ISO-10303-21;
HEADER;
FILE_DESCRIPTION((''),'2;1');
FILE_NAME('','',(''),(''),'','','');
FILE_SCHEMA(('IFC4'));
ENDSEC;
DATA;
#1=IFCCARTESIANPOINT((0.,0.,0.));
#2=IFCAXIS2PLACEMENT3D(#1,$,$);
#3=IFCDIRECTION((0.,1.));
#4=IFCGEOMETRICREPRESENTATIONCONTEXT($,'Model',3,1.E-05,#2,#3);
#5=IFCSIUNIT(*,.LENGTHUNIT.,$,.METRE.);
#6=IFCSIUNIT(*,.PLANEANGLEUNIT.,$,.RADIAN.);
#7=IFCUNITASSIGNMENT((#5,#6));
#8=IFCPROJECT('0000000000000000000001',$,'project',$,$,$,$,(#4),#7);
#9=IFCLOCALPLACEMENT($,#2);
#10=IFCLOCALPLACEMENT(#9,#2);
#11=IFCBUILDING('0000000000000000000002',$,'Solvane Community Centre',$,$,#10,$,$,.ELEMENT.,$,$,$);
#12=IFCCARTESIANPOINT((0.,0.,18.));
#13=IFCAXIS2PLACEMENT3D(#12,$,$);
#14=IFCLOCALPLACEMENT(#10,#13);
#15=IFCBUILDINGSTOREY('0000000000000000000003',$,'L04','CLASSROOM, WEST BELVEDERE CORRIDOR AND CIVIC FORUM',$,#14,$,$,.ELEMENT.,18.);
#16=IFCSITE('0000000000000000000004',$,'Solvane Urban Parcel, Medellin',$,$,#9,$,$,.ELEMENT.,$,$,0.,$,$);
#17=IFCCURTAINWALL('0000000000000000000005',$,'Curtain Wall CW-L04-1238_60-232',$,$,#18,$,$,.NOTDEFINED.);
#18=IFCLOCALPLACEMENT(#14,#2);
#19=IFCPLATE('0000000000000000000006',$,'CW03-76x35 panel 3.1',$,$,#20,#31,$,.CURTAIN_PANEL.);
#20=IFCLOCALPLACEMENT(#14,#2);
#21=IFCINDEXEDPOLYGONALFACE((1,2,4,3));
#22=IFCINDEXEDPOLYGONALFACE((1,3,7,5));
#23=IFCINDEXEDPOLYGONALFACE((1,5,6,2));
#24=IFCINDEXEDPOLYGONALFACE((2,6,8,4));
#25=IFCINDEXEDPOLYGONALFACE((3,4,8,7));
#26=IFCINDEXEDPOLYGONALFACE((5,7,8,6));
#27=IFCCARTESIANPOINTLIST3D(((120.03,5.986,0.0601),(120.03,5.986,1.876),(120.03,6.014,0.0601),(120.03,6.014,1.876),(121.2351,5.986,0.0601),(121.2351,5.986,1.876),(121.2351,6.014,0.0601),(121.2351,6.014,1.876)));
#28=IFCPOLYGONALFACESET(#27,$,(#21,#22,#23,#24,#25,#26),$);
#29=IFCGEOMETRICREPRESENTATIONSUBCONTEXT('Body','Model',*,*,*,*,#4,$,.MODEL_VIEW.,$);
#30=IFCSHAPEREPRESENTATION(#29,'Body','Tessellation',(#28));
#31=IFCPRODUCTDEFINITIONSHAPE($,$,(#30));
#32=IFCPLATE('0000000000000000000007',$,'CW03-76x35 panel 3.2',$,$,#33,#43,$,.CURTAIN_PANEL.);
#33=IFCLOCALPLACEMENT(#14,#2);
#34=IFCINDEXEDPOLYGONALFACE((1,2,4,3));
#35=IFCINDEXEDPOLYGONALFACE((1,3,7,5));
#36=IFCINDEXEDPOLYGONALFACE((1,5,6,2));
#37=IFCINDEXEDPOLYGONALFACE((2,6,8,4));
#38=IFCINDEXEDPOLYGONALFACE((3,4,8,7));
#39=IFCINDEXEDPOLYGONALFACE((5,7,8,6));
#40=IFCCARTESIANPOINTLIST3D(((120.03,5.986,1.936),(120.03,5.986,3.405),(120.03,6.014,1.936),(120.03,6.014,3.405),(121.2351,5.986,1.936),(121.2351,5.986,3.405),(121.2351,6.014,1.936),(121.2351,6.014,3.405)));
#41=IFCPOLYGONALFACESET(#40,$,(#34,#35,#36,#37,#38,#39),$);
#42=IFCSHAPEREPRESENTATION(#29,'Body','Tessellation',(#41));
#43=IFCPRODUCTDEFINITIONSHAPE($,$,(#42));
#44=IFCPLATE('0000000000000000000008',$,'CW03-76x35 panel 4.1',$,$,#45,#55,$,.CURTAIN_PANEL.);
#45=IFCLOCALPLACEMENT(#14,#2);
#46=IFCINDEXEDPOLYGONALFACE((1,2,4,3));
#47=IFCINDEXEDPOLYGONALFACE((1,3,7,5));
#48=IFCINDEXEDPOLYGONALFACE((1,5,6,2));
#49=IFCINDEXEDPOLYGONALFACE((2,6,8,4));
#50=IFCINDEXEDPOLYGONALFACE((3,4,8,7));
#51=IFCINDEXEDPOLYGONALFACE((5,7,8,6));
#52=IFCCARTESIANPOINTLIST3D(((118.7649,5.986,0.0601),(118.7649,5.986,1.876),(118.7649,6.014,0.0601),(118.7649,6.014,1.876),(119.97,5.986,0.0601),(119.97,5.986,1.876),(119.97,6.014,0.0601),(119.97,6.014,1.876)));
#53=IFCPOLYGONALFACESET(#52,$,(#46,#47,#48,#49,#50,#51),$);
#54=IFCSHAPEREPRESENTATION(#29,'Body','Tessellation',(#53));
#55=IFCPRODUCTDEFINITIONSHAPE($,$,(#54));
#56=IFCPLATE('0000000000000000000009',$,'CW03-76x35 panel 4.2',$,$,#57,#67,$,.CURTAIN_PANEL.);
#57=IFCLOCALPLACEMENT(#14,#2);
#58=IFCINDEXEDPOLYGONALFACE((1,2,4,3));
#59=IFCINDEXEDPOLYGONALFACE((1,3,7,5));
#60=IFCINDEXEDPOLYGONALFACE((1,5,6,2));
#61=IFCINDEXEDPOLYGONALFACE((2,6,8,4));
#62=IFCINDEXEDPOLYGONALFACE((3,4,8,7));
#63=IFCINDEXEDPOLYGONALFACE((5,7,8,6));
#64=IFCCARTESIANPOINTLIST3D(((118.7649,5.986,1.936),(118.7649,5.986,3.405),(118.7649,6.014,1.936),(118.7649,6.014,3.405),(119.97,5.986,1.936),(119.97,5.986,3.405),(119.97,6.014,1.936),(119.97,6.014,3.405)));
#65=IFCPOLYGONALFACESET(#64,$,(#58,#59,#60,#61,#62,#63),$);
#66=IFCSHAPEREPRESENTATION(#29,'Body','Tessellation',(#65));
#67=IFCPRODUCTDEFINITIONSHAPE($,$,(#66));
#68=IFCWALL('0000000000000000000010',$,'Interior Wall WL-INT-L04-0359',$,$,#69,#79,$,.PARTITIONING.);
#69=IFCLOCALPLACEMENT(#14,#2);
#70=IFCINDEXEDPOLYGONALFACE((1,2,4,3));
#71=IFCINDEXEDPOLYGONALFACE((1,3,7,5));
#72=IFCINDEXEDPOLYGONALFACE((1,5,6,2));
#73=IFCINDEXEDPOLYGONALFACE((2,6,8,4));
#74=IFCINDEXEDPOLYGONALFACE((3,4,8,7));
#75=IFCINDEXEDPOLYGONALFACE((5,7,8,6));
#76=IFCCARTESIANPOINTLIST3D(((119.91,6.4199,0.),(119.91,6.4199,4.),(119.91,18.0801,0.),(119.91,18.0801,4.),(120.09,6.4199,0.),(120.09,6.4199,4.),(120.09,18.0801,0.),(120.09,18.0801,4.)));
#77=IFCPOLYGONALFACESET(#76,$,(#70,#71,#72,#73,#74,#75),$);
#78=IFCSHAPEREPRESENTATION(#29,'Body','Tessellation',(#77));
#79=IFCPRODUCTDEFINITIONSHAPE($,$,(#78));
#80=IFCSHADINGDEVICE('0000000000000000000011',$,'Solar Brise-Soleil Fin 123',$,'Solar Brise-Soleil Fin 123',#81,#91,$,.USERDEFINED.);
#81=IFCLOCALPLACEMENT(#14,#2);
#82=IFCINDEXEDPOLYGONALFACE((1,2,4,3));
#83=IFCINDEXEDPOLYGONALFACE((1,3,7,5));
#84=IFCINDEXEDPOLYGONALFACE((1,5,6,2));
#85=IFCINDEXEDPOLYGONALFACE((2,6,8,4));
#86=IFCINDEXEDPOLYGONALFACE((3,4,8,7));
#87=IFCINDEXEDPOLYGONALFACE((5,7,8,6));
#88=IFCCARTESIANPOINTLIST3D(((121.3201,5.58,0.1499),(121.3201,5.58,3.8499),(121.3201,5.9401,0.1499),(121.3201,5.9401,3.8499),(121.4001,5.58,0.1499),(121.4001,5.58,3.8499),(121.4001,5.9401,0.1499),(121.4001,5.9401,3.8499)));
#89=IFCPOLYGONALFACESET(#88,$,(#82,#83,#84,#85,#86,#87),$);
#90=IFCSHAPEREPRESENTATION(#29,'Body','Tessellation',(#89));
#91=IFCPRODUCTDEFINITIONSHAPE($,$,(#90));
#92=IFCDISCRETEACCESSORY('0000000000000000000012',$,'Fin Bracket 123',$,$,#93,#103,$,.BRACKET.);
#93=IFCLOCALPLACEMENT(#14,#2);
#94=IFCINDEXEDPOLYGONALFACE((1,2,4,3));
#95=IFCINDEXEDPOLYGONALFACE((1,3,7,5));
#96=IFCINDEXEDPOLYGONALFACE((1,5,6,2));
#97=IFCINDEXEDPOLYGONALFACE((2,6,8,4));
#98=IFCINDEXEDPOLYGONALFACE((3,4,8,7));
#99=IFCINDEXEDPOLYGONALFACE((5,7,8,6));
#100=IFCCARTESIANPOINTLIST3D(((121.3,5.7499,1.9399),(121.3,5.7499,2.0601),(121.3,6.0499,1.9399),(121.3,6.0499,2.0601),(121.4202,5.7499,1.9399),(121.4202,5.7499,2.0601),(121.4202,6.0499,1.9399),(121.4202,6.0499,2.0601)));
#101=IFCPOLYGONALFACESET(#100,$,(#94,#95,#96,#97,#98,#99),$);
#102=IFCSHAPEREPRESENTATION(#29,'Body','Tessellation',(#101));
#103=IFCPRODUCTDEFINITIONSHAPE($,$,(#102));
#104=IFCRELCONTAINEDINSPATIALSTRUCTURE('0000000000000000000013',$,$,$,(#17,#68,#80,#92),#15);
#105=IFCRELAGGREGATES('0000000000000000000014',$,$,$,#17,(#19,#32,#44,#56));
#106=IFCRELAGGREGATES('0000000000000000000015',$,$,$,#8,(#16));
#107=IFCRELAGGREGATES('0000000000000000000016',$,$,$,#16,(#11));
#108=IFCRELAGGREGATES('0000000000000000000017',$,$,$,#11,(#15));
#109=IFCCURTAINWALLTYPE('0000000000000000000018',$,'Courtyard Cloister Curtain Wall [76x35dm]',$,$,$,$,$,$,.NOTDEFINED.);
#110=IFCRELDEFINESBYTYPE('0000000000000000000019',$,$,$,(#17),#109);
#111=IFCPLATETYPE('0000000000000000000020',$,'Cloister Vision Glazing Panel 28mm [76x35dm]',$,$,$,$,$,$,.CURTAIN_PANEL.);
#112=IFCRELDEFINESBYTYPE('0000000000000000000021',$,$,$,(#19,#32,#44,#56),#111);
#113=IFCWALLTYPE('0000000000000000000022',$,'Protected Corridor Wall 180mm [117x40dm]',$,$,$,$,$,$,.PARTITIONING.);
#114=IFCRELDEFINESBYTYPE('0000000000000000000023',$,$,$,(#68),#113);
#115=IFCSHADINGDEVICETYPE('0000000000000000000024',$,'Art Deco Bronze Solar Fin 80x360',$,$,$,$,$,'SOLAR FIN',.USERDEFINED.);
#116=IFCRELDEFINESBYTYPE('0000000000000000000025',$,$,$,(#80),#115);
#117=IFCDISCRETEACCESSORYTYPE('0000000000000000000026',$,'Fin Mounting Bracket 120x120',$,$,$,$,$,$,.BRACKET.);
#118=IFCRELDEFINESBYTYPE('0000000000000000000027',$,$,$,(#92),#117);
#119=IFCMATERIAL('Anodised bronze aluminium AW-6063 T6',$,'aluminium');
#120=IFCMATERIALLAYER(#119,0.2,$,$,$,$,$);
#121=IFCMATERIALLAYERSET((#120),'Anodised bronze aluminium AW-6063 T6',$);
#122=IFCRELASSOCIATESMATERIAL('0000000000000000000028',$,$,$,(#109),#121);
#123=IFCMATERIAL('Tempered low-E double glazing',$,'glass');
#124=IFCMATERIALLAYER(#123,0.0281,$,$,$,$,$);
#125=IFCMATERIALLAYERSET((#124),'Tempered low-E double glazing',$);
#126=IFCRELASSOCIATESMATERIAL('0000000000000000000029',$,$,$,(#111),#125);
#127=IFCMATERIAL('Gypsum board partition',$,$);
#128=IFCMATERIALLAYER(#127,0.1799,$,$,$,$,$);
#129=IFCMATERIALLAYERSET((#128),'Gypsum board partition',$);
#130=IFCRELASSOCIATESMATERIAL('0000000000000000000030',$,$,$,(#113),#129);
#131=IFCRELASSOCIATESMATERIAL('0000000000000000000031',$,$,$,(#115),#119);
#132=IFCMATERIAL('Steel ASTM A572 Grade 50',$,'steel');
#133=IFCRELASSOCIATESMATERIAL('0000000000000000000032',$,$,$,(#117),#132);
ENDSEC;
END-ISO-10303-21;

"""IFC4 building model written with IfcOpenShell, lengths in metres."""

from ifc_helpers import new_model, si_unit, direction, frame, frame_2d, origin, origin_2d, place, context, subcontext, project, spatial, rectangle, extrude, material, layer, layer_set, type_object, element, aggregate, save


model = new_model("IFC4")

# Units and contexts
model_context = context("Model", 3, precision=1e-05, world=origin(), true_north=direction((0.0, 1.0)))
body_context = subcontext(model_context, "Body", "Model", "MODEL_VIEW")
ifc_project = project(units=[si_unit("LENGTHUNIT", "METRE"), si_unit("PLANEANGLEUNIT", "RADIAN")], contexts=[model_context])

# Site, building, storey
site_placement = place(None, origin())
site = spatial("IfcSite", under=ifc_project, at=site_placement, Name="Solvane Urban Parcel, Medellin", CompositionType="ELEMENT", RefElevation=0.0)
building_placement = place(site_placement, origin())
building = spatial("IfcBuilding", under=site, at=building_placement, Name="Solvane Community Centre", CompositionType="ELEMENT")
storey_placement = place(building_placement, frame((0.0, 0.0, 18.0)))
storey = spatial("IfcBuildingStorey", under=building, at=storey_placement, Name="L04", Description="CLASSROOM, WEST BELVEDERE CORRIDOR AND CIVIC FORUM", CompositionType="ELEMENT", Elevation=18.0)

# Curtain wall
ifc_material_1 = material(Name="Anodised bronze aluminium AW-6063 T6", Category="aluminium")
ifc_layer_1 = layer(ifc_material_1, 0.2)
ifc_layer_set_1 = layer_set([ifc_layer_1], Name="Anodised bronze aluminium AW-6063 T6")
curtain_wall_type = type_object("IfcCurtainWallType", Name="Courtyard Cloister Curtain Wall [76x35dm]", PredefinedType="NOTDEFINED", material=ifc_layer_set_1)
curtain_wall_placement = place(storey_placement, origin())
curtain_wall = element("IfcCurtainWall", 1, at=curtain_wall_placement, inside=storey, type_object=curtain_wall_type, Name="Curtain Wall CW-L04-1238_60-232", PredefinedType="NOTDEFINED")

# Plates
ifc_material_2 = material(Name="Tempered low-E double glazing", Category="glass")
ifc_layer_2 = layer(ifc_material_2, 0.0281)
ifc_layer_set_2 = layer_set([ifc_layer_2], Name="Tempered low-E double glazing")
plate_type = type_object("IfcPlateType", Name="Cloister Vision Glazing Panel 28mm [76x35dm]", PredefinedType="CURTAIN_PANEL", material=ifc_layer_set_2)
plate_1_placement = place(storey_placement, frame((120.6326, 6.0, 0.0601), z_axis=(0.0, 0.0, 1.0), x_axis=(-1.0, 0.0, 0.0)))
plate_1 = element("IfcPlate", 2, at=plate_1_placement, type_object=plate_type, Name="CW03-76x35 panel 3.1", PredefinedType="CURTAIN_PANEL", context=body_context, shape_type="SweptSolid", body=[
    extrude(rectangle(XDim=1.2051, YDim=0.0281, at=origin_2d()), origin(), (0.0, 0.0, 1.0), 1.8159),
])
plate_2_placement = place(storey_placement, frame((120.6326, 6.0, 1.936), z_axis=(0.0, 0.0, 1.0), x_axis=(-1.0, 0.0, 0.0)))
plate_2 = element("IfcPlate", 3, at=plate_2_placement, type_object=plate_type, Name="CW03-76x35 panel 3.2", PredefinedType="CURTAIN_PANEL", context=body_context, shape_type="SweptSolid", body=[
    extrude(rectangle(XDim=1.2051, YDim=0.0281, at=origin_2d()), origin(), (0.0, 0.0, 1.0), 1.469),
])
plate_3_placement = place(storey_placement, frame((119.3674, 6.0, 0.0601), z_axis=(0.0, 0.0, 1.0), x_axis=(-1.0, 0.0, 0.0)))
plate_3 = element("IfcPlate", 4, at=plate_3_placement, type_object=plate_type, Name="CW03-76x35 panel 4.1", PredefinedType="CURTAIN_PANEL", context=body_context, shape_type="SweptSolid", body=[
    extrude(rectangle(XDim=1.2051, YDim=0.0281, at=origin_2d()), origin(), (0.0, 0.0, 1.0), 1.8159),
])
plate_4_placement = place(storey_placement, frame((119.3674, 6.0, 1.936), z_axis=(0.0, 0.0, 1.0), x_axis=(-1.0, 0.0, 0.0)))
plate_4 = element("IfcPlate", 5, at=plate_4_placement, type_object=plate_type, Name="CW03-76x35 panel 4.2", PredefinedType="CURTAIN_PANEL", context=body_context, shape_type="SweptSolid", body=[
    extrude(rectangle(XDim=1.2051, YDim=0.0281, at=origin_2d()), origin(), (0.0, 0.0, 1.0), 1.469),
])
aggregate(curtain_wall, [plate_1, plate_2, plate_3, plate_4])

# Wall
ifc_material_3 = material(Name="Gypsum board partition")
ifc_layer_3 = layer(ifc_material_3, 0.1799)
ifc_layer_set_3 = layer_set([ifc_layer_3], Name="Gypsum board partition")
wall_type = type_object("IfcWallType", Name="Protected Corridor Wall 180mm [117x40dm]", PredefinedType="PARTITIONING", material=ifc_layer_set_3)
wall_placement = place(storey_placement, frame((120.0, 6.4199, 0.0), z_axis=(0.0, 0.0, 1.0), x_axis=(0.0, 1.0, 0.0)))
element("IfcWall", 6, at=wall_placement, inside=storey, type_object=wall_type, Name="Interior Wall WL-INT-L04-0359", PredefinedType="PARTITIONING", context=body_context, shape_type="SweptSolid", body=[
    extrude(rectangle(XDim=11.6602, YDim=0.1799, at=frame_2d((5.8301, 0.0))), origin(), (0.0, 0.0, 1.0), 4.0),
])

# Shading device
shading_device_type = type_object("IfcShadingDeviceType", Name="Art Deco Bronze Solar Fin 80x360", ElementType="SOLAR FIN", PredefinedType="USERDEFINED", material=ifc_material_1)
shading_device_placement = place(storey_placement, frame((121.3601, 5.76, 0.1499), z_axis=(0.0, 0.0, 1.0), x_axis=(-1.0, 0.0, 0.0)))
element("IfcShadingDevice", 7, at=shading_device_placement, inside=storey, type_object=shading_device_type, Name="Solar Brise-Soleil Fin 123", ObjectType="Solar Brise-Soleil Fin 123", PredefinedType="USERDEFINED", context=body_context, shape_type="SweptSolid", body=[
    extrude(rectangle(XDim=0.0801, YDim=0.3601, at=origin_2d()), origin(), (0.0, 0.0, 1.0), 3.7),
])

# Discrete accessory
ifc_material_4 = material(Name="Steel ASTM A572 Grade 50", Category="steel")
discrete_accessory_type = type_object("IfcDiscreteAccessoryType", Name="Fin Mounting Bracket 120x120", PredefinedType="BRACKET", material=ifc_material_4)
discrete_accessory_placement = place(storey_placement, frame((121.3601, 5.8999, 1.9399), z_axis=(0.0, 0.0, 1.0), x_axis=(-1.0, 0.0, 0.0)))
element("IfcDiscreteAccessory", 8, at=discrete_accessory_placement, inside=storey, type_object=discrete_accessory_type, Name="Fin Bracket 123", PredefinedType="BRACKET", context=body_context, shape_type="SweptSolid", body=[
    extrude(rectangle(XDim=0.1201, YDim=0.3, at=origin_2d()), origin(), (0.0, 0.0, 1.0), 0.1201),
])

save(model, "model.ifc")
